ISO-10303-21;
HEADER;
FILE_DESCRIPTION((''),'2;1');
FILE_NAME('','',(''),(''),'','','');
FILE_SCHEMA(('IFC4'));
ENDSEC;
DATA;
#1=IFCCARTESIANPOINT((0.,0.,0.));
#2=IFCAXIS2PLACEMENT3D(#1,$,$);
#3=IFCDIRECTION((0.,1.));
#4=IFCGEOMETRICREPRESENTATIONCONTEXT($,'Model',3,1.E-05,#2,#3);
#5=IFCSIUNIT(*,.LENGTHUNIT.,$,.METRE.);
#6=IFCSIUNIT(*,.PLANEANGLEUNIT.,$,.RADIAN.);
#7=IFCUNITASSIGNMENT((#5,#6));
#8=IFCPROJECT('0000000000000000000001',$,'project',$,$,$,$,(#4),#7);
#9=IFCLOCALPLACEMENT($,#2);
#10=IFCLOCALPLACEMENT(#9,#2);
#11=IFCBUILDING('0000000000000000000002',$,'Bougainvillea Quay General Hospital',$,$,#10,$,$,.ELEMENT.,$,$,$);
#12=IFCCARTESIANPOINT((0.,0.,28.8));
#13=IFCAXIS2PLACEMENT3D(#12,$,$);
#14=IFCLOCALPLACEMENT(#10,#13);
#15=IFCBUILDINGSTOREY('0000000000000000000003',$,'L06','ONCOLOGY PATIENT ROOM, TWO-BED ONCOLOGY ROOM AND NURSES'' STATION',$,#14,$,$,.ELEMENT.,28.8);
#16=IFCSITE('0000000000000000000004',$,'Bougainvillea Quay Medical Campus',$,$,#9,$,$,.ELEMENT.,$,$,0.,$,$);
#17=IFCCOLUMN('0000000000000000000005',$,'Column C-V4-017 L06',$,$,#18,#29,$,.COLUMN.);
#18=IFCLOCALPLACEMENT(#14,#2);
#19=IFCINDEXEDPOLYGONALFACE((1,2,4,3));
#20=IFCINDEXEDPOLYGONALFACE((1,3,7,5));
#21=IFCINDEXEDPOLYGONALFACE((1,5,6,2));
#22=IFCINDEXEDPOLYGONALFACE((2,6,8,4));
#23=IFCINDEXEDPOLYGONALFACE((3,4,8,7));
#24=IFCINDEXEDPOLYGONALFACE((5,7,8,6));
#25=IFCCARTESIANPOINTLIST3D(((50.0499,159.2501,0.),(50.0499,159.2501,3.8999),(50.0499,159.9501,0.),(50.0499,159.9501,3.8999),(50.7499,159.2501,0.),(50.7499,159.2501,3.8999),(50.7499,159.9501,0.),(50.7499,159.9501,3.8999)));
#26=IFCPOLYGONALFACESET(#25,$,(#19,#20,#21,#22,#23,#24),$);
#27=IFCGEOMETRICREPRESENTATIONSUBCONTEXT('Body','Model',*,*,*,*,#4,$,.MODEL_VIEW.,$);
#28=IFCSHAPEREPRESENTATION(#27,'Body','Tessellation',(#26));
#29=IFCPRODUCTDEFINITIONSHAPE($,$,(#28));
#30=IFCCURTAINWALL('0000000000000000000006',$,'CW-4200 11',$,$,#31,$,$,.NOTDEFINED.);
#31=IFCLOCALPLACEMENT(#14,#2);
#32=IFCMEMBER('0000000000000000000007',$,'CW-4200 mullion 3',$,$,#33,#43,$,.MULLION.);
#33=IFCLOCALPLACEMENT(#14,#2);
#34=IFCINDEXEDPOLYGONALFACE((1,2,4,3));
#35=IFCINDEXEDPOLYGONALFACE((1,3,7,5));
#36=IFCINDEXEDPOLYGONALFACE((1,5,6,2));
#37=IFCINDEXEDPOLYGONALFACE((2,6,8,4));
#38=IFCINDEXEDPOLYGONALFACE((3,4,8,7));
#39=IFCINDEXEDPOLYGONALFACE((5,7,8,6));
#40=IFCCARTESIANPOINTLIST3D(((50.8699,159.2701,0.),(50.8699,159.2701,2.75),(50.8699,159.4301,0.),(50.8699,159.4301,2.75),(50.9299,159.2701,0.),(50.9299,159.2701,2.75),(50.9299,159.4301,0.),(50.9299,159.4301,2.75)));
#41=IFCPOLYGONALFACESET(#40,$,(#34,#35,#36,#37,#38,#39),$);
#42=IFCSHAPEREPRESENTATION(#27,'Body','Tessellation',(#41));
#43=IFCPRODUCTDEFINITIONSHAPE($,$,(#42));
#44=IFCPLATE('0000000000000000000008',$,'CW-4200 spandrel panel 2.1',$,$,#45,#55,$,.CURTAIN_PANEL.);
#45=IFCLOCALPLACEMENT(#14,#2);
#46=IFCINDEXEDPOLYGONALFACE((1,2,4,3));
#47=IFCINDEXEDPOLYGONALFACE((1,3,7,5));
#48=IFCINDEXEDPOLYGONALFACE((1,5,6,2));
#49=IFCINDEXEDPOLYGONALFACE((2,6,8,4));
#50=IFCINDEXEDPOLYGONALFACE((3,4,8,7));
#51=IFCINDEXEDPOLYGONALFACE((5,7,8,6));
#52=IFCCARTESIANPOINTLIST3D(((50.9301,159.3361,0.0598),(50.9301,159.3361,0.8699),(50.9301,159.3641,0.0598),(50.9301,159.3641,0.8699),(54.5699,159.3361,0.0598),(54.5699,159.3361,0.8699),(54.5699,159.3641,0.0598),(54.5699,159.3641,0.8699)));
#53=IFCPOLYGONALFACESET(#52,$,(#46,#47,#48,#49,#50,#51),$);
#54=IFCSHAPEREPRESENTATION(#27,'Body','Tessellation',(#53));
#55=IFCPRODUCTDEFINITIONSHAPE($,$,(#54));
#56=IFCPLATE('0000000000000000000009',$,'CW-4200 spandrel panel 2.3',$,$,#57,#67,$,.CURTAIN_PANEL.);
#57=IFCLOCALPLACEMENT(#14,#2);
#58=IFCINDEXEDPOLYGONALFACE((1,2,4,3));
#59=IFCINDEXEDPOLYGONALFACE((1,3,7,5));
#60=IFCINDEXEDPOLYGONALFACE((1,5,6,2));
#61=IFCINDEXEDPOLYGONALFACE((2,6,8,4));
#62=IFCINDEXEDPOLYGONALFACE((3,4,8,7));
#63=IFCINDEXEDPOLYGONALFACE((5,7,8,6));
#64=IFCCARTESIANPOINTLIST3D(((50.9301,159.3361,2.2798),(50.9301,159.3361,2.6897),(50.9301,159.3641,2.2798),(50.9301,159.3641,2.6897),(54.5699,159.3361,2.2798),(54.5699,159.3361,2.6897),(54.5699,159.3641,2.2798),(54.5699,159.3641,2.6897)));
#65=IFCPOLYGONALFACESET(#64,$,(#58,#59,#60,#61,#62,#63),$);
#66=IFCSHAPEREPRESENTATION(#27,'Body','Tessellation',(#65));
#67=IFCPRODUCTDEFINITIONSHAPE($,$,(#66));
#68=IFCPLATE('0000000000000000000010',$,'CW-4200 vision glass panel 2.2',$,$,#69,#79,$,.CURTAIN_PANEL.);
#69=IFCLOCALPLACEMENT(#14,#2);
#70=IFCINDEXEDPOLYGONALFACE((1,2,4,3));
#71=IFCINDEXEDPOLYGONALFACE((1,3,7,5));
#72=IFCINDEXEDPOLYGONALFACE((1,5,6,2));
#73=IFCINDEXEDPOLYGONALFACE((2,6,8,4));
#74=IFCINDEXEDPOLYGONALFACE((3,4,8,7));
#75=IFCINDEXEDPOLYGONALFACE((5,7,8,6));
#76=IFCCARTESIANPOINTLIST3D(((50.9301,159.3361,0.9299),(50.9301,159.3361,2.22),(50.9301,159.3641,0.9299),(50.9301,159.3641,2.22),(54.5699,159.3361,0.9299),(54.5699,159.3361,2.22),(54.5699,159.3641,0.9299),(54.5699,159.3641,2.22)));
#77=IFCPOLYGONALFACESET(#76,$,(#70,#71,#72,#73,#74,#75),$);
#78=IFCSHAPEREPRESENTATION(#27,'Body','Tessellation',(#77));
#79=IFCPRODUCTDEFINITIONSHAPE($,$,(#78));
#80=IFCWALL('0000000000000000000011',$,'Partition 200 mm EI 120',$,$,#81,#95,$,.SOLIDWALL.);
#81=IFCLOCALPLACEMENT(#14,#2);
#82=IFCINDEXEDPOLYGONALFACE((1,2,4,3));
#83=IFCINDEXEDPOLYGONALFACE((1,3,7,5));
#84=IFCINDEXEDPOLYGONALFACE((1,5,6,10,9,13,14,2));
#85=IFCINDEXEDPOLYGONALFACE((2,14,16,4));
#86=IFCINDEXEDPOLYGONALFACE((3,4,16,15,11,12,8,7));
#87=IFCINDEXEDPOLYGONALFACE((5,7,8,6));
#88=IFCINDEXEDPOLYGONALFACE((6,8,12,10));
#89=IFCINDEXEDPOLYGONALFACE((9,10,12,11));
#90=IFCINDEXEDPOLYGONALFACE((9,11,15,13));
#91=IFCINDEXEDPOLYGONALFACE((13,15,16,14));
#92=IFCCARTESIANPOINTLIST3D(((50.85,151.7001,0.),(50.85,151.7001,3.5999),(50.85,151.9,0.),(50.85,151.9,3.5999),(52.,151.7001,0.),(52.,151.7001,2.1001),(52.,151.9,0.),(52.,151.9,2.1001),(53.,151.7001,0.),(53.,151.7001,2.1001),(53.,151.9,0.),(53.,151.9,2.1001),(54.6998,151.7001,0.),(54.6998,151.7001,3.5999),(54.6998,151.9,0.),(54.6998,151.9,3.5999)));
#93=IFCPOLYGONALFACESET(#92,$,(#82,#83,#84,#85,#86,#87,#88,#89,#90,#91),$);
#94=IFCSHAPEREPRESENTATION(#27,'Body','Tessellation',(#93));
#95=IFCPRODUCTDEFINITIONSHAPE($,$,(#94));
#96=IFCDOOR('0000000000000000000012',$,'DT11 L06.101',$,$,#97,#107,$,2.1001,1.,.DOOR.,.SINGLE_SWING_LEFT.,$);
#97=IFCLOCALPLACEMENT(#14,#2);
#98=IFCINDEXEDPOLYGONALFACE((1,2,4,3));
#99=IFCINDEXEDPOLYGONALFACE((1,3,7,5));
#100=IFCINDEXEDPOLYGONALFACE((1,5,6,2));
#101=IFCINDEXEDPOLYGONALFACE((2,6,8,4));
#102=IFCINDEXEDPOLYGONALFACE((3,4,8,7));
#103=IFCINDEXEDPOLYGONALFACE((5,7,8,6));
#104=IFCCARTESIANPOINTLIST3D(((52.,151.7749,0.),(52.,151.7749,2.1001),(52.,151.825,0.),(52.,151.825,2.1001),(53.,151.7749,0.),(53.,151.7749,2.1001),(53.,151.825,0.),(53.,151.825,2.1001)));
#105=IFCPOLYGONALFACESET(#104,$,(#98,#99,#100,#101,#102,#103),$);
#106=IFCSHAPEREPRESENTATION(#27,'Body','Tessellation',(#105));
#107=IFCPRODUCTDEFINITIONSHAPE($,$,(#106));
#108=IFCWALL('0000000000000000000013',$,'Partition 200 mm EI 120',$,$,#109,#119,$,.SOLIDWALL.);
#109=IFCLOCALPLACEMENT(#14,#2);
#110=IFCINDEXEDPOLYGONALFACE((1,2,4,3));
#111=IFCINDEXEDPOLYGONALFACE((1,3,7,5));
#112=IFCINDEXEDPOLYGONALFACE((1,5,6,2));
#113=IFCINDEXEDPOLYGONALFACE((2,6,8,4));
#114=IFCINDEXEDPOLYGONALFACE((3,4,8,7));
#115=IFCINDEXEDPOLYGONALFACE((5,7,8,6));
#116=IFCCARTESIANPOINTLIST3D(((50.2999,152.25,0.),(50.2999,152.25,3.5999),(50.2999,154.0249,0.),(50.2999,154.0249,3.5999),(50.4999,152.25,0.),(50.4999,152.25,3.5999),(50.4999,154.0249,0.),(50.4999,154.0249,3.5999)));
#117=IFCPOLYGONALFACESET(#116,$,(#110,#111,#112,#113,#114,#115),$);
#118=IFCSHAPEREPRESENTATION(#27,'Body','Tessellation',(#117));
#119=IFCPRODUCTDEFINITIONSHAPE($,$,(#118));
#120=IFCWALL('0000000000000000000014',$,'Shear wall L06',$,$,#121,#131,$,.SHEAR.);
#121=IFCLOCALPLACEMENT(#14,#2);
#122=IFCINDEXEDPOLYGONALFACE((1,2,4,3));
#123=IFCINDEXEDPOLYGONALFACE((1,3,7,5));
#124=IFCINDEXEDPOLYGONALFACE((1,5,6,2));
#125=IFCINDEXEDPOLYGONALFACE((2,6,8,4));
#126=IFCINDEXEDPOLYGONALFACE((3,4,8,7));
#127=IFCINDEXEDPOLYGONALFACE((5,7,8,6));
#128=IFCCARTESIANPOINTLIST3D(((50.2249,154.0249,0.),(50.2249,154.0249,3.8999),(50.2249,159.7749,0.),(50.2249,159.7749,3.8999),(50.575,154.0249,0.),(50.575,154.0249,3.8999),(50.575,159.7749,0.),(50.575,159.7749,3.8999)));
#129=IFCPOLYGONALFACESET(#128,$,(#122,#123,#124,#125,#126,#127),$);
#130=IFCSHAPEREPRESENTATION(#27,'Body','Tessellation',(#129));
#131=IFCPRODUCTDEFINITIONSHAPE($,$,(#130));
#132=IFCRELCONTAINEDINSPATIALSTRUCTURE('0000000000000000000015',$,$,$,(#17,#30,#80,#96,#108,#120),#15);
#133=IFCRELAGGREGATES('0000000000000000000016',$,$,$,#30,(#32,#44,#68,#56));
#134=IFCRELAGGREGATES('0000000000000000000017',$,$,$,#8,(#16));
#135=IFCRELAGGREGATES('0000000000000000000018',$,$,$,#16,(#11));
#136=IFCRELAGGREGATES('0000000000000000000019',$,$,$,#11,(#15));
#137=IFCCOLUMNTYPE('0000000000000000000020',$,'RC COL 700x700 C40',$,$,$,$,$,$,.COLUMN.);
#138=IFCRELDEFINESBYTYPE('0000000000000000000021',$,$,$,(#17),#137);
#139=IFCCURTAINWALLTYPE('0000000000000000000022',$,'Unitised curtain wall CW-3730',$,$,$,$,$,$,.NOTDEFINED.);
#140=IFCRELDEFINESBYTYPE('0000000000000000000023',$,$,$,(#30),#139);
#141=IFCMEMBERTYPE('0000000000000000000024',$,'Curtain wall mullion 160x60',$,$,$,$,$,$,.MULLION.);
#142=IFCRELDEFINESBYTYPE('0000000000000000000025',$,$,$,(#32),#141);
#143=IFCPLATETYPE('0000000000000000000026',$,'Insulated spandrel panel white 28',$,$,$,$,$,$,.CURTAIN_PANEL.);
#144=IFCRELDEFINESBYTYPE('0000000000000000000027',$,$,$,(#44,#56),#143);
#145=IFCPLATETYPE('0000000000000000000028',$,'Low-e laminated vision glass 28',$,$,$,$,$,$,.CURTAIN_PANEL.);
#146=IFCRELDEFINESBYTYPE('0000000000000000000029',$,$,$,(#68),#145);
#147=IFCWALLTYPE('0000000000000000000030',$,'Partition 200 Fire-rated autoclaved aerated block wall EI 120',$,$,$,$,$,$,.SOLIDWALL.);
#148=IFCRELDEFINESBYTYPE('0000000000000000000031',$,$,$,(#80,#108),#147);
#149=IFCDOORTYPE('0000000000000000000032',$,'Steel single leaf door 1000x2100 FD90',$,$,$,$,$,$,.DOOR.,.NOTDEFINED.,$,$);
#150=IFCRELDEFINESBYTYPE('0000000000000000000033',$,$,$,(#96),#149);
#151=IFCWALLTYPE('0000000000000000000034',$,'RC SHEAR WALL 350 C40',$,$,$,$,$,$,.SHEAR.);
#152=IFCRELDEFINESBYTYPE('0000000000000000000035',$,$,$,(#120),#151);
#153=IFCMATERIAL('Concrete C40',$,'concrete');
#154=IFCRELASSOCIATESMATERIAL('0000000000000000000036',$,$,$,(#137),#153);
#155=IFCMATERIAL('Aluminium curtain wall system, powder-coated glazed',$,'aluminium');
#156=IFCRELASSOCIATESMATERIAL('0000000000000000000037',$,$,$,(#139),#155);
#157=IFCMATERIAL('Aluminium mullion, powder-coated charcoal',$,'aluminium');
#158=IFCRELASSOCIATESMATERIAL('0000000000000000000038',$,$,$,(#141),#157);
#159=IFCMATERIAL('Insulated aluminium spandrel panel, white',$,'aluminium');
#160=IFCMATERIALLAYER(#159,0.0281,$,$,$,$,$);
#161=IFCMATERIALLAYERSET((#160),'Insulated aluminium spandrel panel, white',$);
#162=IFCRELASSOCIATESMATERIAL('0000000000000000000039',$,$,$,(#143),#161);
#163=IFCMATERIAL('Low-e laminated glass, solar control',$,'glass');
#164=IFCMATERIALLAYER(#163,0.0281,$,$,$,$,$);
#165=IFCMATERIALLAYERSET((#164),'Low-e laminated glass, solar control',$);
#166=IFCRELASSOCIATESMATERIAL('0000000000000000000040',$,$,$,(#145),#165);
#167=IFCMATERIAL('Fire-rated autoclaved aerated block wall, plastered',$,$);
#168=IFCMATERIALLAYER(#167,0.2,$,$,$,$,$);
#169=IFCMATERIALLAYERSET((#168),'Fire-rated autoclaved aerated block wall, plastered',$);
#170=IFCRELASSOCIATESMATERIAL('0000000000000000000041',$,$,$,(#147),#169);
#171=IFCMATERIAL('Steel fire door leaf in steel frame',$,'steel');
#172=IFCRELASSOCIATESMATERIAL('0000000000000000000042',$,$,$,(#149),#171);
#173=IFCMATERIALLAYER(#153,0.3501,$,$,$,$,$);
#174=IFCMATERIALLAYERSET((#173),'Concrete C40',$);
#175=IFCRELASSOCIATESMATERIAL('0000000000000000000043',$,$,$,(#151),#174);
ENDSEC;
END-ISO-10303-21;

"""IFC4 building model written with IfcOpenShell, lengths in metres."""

from ifc_helpers import new_model, si_unit, direction, frame, frame_2d, origin, origin_2d, place, context, subcontext, project, spatial, rectangle, extrude, material, layer, layer_set, material_profile, profile_set, type_object, element, fill, aggregate, save


model = new_model("IFC4")

# Units and contexts
model_context = context("Model", 3, precision=1e-05, world=origin(), true_north=direction((0.0, 1.0)))
body_context = subcontext(model_context, "Body", "Model", "MODEL_VIEW")
ifc_project = project(units=[si_unit("LENGTHUNIT", "METRE"), si_unit("PLANEANGLEUNIT", "RADIAN")], contexts=[model_context])

# Site, building, storey
site_placement = place(None, origin())
site = spatial("IfcSite", under=ifc_project, at=site_placement, Name="Bougainvillea Quay Medical Campus", CompositionType="ELEMENT", RefElevation=0.0)
building_placement = place(site_placement, origin())
building = spatial("IfcBuilding", under=site, at=building_placement, Name="Bougainvillea Quay General Hospital", CompositionType="ELEMENT")
storey_placement = place(building_placement, frame((0.0, 0.0, 28.8)))
storey = spatial("IfcBuildingStorey", under=building, at=storey_placement, Name="L06", Description="ONCOLOGY PATIENT ROOM, TWO-BED ONCOLOGY ROOM AND NURSES' STATION", CompositionType="ELEMENT", Elevation=28.8)

# Column
ifc_material_1 = material(Name="Concrete C40", Category="concrete")
ifc_material_profile_1 = material_profile(ifc_material_1, rectangle(XDim=0.7, YDim=0.7, at=origin_2d()))
ifc_profile_set_1 = profile_set([ifc_material_profile_1], Name="Concrete C40")
column_type = type_object("IfcColumnType", Name="RC COL 700x700 C40", PredefinedType="COLUMN", material=ifc_profile_set_1)
column_placement = place(storey_placement, frame((50.3999, 159.6001, 0.0), z_axis=(0.0, 0.0, 1.0), x_axis=(1.0, 0.0, 0.0)))
element("IfcColumn", 1, at=column_placement, inside=storey, type_object=column_type, Name="Column C-V4-017 L06", PredefinedType="COLUMN", context=body_context, shape_type="SweptSolid", body=[
    extrude(rectangle(XDim=0.7, YDim=0.7, at=origin_2d()), origin(), (0.0, 0.0, 1.0), 3.8999),
])

# Curtain wall, member, plates
ifc_material_2 = material(Name="Aluminium curtain wall system, powder-coated glazed", Category="aluminium")
curtain_wall_type = type_object("IfcCurtainWallType", Name="Unitised curtain wall CW-3730", PredefinedType="NOTDEFINED", material=ifc_material_2)
curtain_wall_placement = place(storey_placement, origin())
curtain_wall = element("IfcCurtainWall", 2, at=curtain_wall_placement, inside=storey, type_object=curtain_wall_type, Name="CW-4200 11", PredefinedType="NOTDEFINED")
ifc_material_3 = material(Name="Aluminium mullion, powder-coated charcoal", Category="aluminium")
ifc_material_profile_2 = material_profile(ifc_material_3, rectangle(XDim=0.1599, YDim=0.0601, at=origin_2d()))
ifc_profile_set_2 = profile_set([ifc_material_profile_2], Name="Aluminium mullion, powder-coated charcoal")
member_type = type_object("IfcMemberType", Name="Curtain wall mullion 160x60", PredefinedType="MULLION", material=ifc_profile_set_2)
member_placement = place(storey_placement, frame((50.8999, 159.3501, 0.0), z_axis=(0.0, 0.0, 1.0), x_axis=(0.0, -1.0, 0.0)))
member = element("IfcMember", 3, at=member_placement, type_object=member_type, Name="CW-4200 mullion 3", PredefinedType="MULLION", context=body_context, shape_type="SweptSolid", body=[
    extrude(rectangle(XDim=0.1599, YDim=0.0601, at=origin_2d()), origin(), (0.0, 0.0, 1.0), 2.75),
])
ifc_material_4 = material(Name="Insulated aluminium spandrel panel, white", Category="aluminium")
ifc_layer_1 = layer(ifc_material_4, 0.0281)
ifc_layer_set_1 = layer_set([ifc_layer_1], Name="Insulated aluminium spandrel panel, white")
plate_type_1 = type_object("IfcPlateType", Name="Insulated spandrel panel white 28", PredefinedType="CURTAIN_PANEL", material=ifc_layer_set_1)
plate_1_placement = place(storey_placement, frame((52.75, 159.3501, 0.0598), z_axis=(0.0, 0.0, 1.0), x_axis=(-1.0, 0.0, 0.0)))
plate_1 = element("IfcPlate", 4, at=plate_1_placement, type_object=plate_type_1, Name="CW-4200 spandrel panel 2.1", PredefinedType="CURTAIN_PANEL", context=body_context, shape_type="SweptSolid", body=[
    extrude(rectangle(XDim=3.6399, YDim=0.0281, at=origin_2d()), origin(), (0.0, 0.0, 1.0), 0.8101),
])
plate_2_placement = place(storey_placement, frame((52.75, 159.3501, 2.2798), z_axis=(0.0, 0.0, 1.0), x_axis=(-1.0, 0.0, 0.0)))
plate_2 = element("IfcPlate", 5, at=plate_2_placement, type_object=plate_type_1, Name="CW-4200 spandrel panel 2.3", PredefinedType="CURTAIN_PANEL", context=body_context, shape_type="SweptSolid", body=[
    extrude(rectangle(XDim=3.6399, YDim=0.0281, at=origin_2d()), origin(), (0.0, 0.0, 1.0), 0.4099),
])
ifc_material_5 = material(Name="Low-e laminated glass, solar control", Category="glass")
ifc_layer_2 = layer(ifc_material_5, 0.0281)
ifc_layer_set_2 = layer_set([ifc_layer_2], Name="Low-e laminated glass, solar control")
plate_type_2 = type_object("IfcPlateType", Name="Low-e laminated vision glass 28", PredefinedType="CURTAIN_PANEL", material=ifc_layer_set_2)
plate_3_placement = place(storey_placement, frame((52.75, 159.3501, 0.9299), z_axis=(0.0, 0.0, 1.0), x_axis=(-1.0, 0.0, 0.0)))
plate_3 = element("IfcPlate", 6, at=plate_3_placement, type_object=plate_type_2, Name="CW-4200 vision glass panel 2.2", PredefinedType="CURTAIN_PANEL", context=body_context, shape_type="SweptSolid", body=[
    extrude(rectangle(XDim=3.6399, YDim=0.0281, at=origin_2d()), origin(), (0.0, 0.0, 1.0), 1.29),
])
aggregate(curtain_wall, [member, plate_1, plate_3, plate_2])

# Wall, opening, door
ifc_material_6 = material(Name="Fire-rated autoclaved aerated block wall, plastered")
ifc_layer_3 = layer(ifc_material_6, 0.2)
ifc_layer_set_3 = layer_set([ifc_layer_3], Name="Fire-rated autoclaved aerated block wall, plastered")
wall_type_1 = type_object("IfcWallType", Name="Partition 200 Fire-rated autoclaved aerated block wall EI 120", PredefinedType="SOLIDWALL", material=ifc_layer_set_3)
wall_1_placement = place(storey_placement, frame((50.8501, 151.8, 0.0), z_axis=(0.0, 0.0, 1.0), x_axis=(1.0, 0.0, 0.0)))
wall_1 = element("IfcWall", 7, at=wall_1_placement, inside=storey, type_object=wall_type_1, Name="Partition 200 mm EI 120", PredefinedType="SOLIDWALL", context=body_context, shape_type="SweptSolid", body=[
    extrude(rectangle(XDim=3.8499, YDim=0.2, at=frame_2d((1.9248, 0.0))), origin(), (0.0, 0.0, 1.0), 3.5999),
])
opening_placement = place(wall_1_placement, frame((1.1499, 0.0, 0.0)))
opening = element("IfcOpeningElement", 8, at=opening_placement, cuts=wall_1, PredefinedType="OPENING", context=body_context, shape_type="SweptSolid", body=[
    extrude(rectangle(XDim=1.0, YDim=2.1001, at=frame_2d((0.5, 1.05))), frame((0.0, 0.1099, 0.0), z_axis=(0.0, -1.0, 0.0), x_axis=(1.0, 0.0, 0.0)), (0.0, 0.0, 1.0), 0.22),
])
ifc_material_7 = material(Name="Steel fire door leaf in steel frame", Category="steel")
door_type = type_object("IfcDoorType", Name="Steel single leaf door 1000x2100 FD90", OperationType="NOTDEFINED", PredefinedType="DOOR", material=ifc_material_7)
door_placement = place(opening_placement, origin())
door = element("IfcDoor", 9, at=door_placement, inside=storey, type_object=door_type, Name="DT11 L06.101", OperationType="SINGLE_SWING_LEFT", OverallHeight=2.1001, OverallWidth=1.0, PredefinedType="DOOR", context=body_context, shape_type="SweptSolid", body=[
    extrude(rectangle(XDim=1.0, YDim=2.1001, at=frame_2d((0.5, 1.05))), frame((0.0, 0.0249, 0.0), z_axis=(0.0, -1.0, 0.0), x_axis=(1.0, 0.0, 0.0)), (0.0, 0.0, 1.0), 0.05),
])
fill(opening, door)

# Walls
wall_2_placement = place(storey_placement, frame((50.3999, 152.25, 0.0), z_axis=(0.0, 0.0, 1.0), x_axis=(0.0, 1.0, 0.0)))
element("IfcWall", 10, at=wall_2_placement, inside=storey, type_object=wall_type_1, Name="Partition 200 mm EI 120", PredefinedType="SOLIDWALL", context=body_context, shape_type="SweptSolid", body=[
    extrude(rectangle(XDim=1.7749, YDim=0.2, at=frame_2d((0.8875, 0.0))), origin(), (0.0, 0.0, 1.0), 3.5999),
])
ifc_layer_4 = layer(ifc_material_1, 0.3501)
ifc_layer_set_4 = layer_set([ifc_layer_4], Name="Concrete C40")
wall_type_2 = type_object("IfcWallType", Name="RC SHEAR WALL 350 C40", PredefinedType="SHEAR", material=ifc_layer_set_4)
wall_3_placement = place(storey_placement, frame((50.3999, 154.0249, 0.0), z_axis=(0.0, 0.0, 1.0), x_axis=(0.0, 1.0, 0.0)))
element("IfcWall", 11, at=wall_3_placement, inside=storey, type_object=wall_type_2, Name="Shear wall L06", PredefinedType="SHEAR", context=body_context, shape_type="SweptSolid", body=[
    extrude(rectangle(XDim=5.75, YDim=0.3501, at=frame_2d((2.875, 0.0))), origin(), (0.0, 0.0, 1.0), 3.8999),
])

save(model, "model.ifc")
